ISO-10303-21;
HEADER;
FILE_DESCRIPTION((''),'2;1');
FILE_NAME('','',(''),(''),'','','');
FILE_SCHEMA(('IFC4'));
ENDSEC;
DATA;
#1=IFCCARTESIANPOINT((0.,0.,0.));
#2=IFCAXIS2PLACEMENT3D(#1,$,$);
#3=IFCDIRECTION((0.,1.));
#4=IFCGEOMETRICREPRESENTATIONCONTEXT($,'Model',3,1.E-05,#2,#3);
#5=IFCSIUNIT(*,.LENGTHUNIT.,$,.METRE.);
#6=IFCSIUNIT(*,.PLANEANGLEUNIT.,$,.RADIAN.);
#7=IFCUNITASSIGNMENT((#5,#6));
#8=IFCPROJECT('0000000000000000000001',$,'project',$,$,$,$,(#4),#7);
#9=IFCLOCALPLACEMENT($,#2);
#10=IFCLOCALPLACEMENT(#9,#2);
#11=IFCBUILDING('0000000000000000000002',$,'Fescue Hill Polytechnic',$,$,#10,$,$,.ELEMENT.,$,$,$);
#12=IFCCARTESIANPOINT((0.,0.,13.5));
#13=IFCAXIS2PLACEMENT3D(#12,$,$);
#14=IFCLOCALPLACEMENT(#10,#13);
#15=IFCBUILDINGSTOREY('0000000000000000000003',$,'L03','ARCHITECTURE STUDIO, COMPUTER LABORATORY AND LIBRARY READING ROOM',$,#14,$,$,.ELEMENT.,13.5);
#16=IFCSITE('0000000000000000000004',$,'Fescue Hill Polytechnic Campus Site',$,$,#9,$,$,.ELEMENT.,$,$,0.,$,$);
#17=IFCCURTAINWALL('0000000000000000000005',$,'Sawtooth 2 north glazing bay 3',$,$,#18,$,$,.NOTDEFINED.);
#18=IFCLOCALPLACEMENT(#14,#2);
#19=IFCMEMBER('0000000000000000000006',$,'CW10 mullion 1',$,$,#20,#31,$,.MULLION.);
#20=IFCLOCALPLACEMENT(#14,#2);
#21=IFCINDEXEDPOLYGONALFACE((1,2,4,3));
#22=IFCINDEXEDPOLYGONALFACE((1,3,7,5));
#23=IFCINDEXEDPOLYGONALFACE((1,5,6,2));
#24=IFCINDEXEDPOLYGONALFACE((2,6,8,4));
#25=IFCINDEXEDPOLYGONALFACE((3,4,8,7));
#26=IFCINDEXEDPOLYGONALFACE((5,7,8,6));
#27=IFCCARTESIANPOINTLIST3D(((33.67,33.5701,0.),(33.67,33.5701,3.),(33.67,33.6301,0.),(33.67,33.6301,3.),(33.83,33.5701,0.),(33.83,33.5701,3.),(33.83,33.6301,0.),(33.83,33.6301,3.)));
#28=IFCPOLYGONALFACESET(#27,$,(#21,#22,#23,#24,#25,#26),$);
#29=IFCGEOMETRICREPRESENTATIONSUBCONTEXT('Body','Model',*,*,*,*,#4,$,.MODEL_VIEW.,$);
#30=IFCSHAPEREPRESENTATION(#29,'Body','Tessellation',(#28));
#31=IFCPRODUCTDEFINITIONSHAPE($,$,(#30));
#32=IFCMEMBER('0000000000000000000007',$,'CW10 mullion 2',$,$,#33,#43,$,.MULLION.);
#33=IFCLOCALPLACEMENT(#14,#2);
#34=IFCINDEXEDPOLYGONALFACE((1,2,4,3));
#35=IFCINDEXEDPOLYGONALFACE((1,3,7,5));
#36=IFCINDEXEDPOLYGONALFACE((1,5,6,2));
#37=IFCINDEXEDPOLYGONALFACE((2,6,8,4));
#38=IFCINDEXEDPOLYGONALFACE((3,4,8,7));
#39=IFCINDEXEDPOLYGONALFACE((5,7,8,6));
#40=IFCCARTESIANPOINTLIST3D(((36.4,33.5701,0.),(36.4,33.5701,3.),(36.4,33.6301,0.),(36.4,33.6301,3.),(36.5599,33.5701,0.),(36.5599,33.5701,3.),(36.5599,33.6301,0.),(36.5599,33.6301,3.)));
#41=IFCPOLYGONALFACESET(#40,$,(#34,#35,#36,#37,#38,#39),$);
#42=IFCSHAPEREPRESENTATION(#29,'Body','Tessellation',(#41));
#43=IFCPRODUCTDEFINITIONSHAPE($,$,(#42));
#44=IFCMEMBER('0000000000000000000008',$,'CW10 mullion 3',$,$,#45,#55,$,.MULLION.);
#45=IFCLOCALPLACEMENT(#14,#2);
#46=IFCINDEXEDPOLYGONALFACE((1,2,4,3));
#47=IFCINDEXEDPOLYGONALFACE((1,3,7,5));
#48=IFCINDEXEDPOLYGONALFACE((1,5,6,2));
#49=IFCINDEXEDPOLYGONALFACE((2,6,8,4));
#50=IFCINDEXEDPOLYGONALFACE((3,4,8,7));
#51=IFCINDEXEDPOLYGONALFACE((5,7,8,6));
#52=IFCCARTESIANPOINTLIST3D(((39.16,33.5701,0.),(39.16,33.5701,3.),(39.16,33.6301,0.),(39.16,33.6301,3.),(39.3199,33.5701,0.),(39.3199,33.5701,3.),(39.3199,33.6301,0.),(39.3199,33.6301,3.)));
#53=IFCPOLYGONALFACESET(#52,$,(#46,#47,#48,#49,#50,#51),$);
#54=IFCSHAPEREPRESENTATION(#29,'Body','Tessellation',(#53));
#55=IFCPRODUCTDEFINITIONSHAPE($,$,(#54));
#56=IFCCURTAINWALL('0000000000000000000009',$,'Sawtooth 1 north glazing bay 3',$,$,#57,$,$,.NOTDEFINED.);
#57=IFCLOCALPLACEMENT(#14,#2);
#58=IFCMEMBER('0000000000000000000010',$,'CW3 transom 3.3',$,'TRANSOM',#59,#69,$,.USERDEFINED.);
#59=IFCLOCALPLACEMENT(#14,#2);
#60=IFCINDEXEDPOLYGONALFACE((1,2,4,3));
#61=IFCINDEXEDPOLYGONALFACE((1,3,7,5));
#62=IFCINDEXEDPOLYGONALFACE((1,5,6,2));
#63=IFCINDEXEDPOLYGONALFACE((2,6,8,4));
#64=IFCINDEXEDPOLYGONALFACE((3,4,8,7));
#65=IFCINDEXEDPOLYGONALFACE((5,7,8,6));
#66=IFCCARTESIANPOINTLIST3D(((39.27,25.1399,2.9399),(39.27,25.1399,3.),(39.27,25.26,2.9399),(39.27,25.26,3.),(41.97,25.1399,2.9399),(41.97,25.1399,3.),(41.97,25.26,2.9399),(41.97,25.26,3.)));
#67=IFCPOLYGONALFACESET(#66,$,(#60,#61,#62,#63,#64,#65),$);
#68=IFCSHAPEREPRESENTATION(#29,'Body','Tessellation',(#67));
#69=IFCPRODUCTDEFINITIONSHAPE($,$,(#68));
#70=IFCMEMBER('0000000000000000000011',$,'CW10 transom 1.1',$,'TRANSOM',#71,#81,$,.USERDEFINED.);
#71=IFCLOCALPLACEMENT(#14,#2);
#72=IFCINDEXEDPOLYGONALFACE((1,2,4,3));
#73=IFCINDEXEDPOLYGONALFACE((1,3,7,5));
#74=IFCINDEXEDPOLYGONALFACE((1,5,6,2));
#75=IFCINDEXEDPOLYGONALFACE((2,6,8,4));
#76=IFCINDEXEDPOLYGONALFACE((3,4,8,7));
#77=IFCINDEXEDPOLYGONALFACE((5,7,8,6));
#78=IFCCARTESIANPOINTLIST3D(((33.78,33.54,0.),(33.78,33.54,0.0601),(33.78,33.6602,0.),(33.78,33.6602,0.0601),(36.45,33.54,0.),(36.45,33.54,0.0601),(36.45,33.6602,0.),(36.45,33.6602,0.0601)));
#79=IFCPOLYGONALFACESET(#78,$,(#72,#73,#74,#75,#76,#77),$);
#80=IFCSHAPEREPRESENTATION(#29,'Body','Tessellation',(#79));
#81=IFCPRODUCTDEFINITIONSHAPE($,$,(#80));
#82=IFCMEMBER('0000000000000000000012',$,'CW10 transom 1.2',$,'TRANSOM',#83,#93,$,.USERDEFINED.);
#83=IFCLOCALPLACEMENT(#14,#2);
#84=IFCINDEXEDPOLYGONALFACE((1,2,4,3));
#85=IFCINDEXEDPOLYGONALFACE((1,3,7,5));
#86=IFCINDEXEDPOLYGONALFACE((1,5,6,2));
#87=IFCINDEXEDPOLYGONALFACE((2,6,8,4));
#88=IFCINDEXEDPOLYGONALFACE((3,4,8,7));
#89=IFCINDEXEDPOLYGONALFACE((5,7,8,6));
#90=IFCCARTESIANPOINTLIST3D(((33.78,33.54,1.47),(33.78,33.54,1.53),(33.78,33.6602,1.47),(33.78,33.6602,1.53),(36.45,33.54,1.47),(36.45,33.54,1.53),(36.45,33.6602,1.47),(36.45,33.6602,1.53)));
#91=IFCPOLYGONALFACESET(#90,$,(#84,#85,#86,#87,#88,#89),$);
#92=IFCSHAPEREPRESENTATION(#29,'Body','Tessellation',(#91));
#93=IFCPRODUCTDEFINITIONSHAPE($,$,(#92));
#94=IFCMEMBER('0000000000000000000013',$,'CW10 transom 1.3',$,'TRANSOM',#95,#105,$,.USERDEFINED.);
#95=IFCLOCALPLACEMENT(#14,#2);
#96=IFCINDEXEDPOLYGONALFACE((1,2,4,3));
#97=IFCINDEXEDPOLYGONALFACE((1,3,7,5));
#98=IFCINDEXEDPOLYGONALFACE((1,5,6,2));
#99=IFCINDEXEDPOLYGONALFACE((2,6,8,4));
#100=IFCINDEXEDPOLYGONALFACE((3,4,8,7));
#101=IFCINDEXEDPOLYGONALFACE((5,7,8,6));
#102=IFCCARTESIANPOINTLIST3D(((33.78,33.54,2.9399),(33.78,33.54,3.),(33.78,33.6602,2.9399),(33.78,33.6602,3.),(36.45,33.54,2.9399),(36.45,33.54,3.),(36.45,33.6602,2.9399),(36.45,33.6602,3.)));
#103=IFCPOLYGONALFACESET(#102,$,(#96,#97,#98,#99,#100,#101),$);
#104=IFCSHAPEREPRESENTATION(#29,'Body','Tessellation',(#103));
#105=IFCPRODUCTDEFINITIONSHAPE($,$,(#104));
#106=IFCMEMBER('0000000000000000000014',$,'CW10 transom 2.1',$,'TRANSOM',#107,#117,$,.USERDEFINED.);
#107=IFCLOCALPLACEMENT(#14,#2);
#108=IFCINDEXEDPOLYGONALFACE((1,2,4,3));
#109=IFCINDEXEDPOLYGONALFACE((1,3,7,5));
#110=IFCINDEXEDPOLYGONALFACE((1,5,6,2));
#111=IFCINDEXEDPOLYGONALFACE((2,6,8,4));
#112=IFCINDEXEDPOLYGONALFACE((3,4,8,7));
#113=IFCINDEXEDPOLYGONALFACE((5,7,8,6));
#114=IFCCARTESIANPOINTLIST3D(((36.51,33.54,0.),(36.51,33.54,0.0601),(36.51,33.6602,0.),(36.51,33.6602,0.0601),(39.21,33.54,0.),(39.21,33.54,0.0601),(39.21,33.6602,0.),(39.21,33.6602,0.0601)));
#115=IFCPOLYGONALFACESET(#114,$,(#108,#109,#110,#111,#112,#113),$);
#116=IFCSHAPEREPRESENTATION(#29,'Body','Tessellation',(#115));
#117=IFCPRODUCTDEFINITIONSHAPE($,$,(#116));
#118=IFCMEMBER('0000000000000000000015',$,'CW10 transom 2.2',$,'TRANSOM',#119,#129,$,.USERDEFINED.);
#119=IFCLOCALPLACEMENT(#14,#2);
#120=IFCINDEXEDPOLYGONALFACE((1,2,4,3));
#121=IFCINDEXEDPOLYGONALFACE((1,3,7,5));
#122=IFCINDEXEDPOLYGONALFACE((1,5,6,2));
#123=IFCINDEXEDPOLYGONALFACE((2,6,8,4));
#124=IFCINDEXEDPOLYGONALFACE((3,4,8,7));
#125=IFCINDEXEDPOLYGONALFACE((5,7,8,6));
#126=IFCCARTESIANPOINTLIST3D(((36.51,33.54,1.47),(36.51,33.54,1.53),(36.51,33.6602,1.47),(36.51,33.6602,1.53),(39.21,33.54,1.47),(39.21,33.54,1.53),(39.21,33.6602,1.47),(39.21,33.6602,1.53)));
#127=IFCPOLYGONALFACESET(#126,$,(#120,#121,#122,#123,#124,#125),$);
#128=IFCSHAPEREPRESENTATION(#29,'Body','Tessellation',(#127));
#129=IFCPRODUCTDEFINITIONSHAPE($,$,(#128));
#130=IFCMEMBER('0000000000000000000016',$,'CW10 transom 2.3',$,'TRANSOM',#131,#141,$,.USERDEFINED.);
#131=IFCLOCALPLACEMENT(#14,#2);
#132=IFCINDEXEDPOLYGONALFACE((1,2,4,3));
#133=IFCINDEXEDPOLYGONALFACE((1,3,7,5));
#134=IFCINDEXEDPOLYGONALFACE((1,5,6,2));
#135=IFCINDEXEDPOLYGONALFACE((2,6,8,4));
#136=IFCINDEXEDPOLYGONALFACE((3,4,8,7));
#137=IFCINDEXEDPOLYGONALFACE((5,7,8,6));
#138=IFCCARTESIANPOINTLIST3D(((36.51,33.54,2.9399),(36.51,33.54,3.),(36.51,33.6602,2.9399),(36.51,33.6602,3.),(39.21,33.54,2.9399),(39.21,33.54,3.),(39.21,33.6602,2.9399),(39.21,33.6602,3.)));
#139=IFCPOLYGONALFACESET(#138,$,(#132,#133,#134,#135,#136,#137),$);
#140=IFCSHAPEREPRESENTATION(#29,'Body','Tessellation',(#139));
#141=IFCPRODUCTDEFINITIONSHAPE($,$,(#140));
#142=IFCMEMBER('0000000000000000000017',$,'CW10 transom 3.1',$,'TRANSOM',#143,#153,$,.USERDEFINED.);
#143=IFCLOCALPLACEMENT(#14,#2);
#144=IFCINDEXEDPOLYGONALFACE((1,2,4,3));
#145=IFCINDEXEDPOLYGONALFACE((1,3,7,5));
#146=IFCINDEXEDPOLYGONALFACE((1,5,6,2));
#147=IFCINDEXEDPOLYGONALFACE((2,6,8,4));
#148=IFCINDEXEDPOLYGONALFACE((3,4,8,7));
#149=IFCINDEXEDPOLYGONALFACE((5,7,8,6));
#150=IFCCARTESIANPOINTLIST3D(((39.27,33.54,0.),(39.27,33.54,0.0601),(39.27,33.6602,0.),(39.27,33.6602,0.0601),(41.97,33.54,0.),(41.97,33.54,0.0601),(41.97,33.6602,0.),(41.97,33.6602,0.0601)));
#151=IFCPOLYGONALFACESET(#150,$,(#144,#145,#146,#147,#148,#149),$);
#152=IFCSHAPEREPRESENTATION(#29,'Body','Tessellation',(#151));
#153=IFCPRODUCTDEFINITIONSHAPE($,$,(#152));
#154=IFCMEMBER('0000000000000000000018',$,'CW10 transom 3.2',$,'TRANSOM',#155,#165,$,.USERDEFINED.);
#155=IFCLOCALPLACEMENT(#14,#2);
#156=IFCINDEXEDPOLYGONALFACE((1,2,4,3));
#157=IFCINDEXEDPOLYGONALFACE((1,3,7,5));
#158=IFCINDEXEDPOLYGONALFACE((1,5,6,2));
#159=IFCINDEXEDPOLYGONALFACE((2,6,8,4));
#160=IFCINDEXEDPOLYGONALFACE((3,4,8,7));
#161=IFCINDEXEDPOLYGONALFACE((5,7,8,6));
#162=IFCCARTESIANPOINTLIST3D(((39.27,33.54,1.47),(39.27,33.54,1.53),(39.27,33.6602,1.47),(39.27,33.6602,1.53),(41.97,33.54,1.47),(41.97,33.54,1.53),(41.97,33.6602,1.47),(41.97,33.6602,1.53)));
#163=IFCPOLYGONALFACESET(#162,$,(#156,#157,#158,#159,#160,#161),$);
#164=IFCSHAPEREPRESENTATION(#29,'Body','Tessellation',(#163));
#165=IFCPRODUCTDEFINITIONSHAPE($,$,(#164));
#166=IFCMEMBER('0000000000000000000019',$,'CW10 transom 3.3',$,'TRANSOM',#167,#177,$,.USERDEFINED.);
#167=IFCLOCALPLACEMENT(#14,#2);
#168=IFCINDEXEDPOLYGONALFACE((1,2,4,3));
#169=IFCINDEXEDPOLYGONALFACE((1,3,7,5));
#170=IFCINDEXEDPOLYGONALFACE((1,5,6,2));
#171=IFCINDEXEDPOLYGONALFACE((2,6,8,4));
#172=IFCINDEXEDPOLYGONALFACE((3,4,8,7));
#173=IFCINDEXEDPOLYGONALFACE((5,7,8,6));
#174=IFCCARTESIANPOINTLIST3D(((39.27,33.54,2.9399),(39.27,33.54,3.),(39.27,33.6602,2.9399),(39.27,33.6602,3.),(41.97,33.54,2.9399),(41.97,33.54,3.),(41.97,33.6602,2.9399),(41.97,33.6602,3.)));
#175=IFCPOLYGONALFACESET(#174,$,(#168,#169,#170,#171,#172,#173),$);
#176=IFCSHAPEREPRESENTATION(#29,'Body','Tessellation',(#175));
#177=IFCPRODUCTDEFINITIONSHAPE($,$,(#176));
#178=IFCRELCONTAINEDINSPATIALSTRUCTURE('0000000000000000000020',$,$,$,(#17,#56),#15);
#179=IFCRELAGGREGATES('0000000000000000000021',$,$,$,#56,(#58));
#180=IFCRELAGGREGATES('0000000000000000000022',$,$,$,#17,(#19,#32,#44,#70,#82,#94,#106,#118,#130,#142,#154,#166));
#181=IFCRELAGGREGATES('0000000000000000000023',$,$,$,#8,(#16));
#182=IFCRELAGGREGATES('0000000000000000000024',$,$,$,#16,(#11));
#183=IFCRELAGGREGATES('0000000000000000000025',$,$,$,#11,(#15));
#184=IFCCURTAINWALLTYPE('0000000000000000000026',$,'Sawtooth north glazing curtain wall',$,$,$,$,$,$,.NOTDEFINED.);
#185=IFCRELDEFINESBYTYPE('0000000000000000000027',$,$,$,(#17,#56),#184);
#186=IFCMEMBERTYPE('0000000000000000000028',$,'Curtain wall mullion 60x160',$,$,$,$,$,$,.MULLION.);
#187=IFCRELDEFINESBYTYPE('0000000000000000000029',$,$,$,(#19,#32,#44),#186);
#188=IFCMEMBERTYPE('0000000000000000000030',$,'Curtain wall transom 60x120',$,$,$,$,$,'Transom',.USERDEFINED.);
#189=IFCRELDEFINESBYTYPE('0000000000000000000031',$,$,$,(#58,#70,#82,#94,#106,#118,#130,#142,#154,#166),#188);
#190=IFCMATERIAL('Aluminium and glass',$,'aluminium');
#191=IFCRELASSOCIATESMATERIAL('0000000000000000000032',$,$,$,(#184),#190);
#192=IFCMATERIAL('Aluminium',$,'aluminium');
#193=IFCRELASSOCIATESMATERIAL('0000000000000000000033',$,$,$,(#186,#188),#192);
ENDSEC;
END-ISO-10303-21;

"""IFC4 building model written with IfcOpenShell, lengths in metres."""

from ifc_helpers import new_model, si_unit, direction, frame, origin, origin_2d, place, context, subcontext, project, spatial, rectangle, extrude, material, material_profile, profile_set, type_object, element, aggregate, save


model = new_model("IFC4")

# Units and contexts
model_context = context("Model", 3, precision=1e-05, world=origin(), true_north=direction((0.0, 1.0)))
body_context = subcontext(model_context, "Body", "Model", "MODEL_VIEW")
ifc_project = project(units=[si_unit("LENGTHUNIT", "METRE"), si_unit("PLANEANGLEUNIT", "RADIAN")], contexts=[model_context])

# Site, building, storey
site_placement = place(None, origin())
site = spatial("IfcSite", under=ifc_project, at=site_placement, Name="Fescue Hill Polytechnic Campus Site", CompositionType="ELEMENT", RefElevation=0.0)
building_placement = place(site_placement, origin())
building = spatial("IfcBuilding", under=site, at=building_placement, Name="Fescue Hill Polytechnic", CompositionType="ELEMENT")
storey_placement = place(building_placement, frame((0.0, 0.0, 13.5)))
storey = spatial("IfcBuildingStorey", under=building, at=storey_placement, Name="L03", Description="ARCHITECTURE STUDIO, COMPUTER LABORATORY AND LIBRARY READING ROOM", CompositionType="ELEMENT", Elevation=13.5)

# Curtain wall, members
ifc_material_1 = material(Name="Aluminium and glass", Category="aluminium")
curtain_wall_type = type_object("IfcCurtainWallType", Name="Sawtooth north glazing curtain wall", PredefinedType="NOTDEFINED", material=ifc_material_1)
curtain_wall_1_placement = place(storey_placement, origin())
curtain_wall_1 = element("IfcCurtainWall", 1, at=curtain_wall_1_placement, inside=storey, type_object=curtain_wall_type, Name="Sawtooth 2 north glazing bay 3", PredefinedType="NOTDEFINED")
ifc_material_2 = material(Name="Aluminium", Category="aluminium")
ifc_material_profile_1 = material_profile(ifc_material_2, rectangle(XDim=0.0601, YDim=0.1599, at=origin_2d()), Name="Curtain wall mullion 60x160")
ifc_profile_set_1 = profile_set([ifc_material_profile_1], Name="Aluminium")
member_type_1 = type_object("IfcMemberType", Name="Curtain wall mullion 60x160", PredefinedType="MULLION", material=ifc_profile_set_1)
member_1_placement = place(storey_placement, frame((33.75, 33.6001, 0.0), z_axis=(0.0, 0.0, 1.0), x_axis=(0.0, 1.0, 0.0)))
member_1 = element("IfcMember", 2, at=member_1_placement, type_object=member_type_1, Name="CW10 mullion 1", PredefinedType="MULLION", context=body_context, shape_type="SweptSolid", body=[
    extrude(rectangle(XDim=0.0601, YDim=0.1599, at=origin_2d()), origin(), (0.0, 0.0, 1.0), 3.0),
])
member_2_placement = place(storey_placement, frame((36.48, 33.6001, 0.0), z_axis=(0.0, 0.0, 1.0), x_axis=(0.0, 1.0, 0.0)))
member_2 = element("IfcMember", 3, at=member_2_placement, type_object=member_type_1, Name="CW10 mullion 2", PredefinedType="MULLION", context=body_context, shape_type="SweptSolid", body=[
    extrude(rectangle(XDim=0.0601, YDim=0.1599, at=origin_2d()), origin(), (0.0, 0.0, 1.0), 3.0),
])
member_3_placement = place(storey_placement, frame((39.24, 33.6001, 0.0), z_axis=(0.0, 0.0, 1.0), x_axis=(0.0, 1.0, 0.0)))
member_3 = element("IfcMember", 4, at=member_3_placement, type_object=member_type_1, Name="CW10 mullion 3", PredefinedType="MULLION", context=body_context, shape_type="SweptSolid", body=[
    extrude(rectangle(XDim=0.0601, YDim=0.1599, at=origin_2d()), origin(), (0.0, 0.0, 1.0), 3.0),
])

# Curtain wall, member
curtain_wall_2_placement = place(storey_placement, origin())
curtain_wall_2 = element("IfcCurtainWall", 5, at=curtain_wall_2_placement, inside=storey, type_object=curtain_wall_type, Name="Sawtooth 1 north glazing bay 3", PredefinedType="NOTDEFINED")
ifc_material_profile_2 = material_profile(ifc_material_2, rectangle(XDim=0.1201, YDim=0.0601, at=origin_2d()), Name="Curtain wall transom 60x120")
ifc_profile_set_2 = profile_set([ifc_material_profile_2], Name="Aluminium")
member_type_2 = type_object("IfcMemberType", Name="Curtain wall transom 60x120", ElementType="Transom", PredefinedType="USERDEFINED", material=ifc_profile_set_2)
member_4_placement = place(storey_placement, frame((39.27, 25.2, 2.97), z_axis=(1.0, 0.0, 0.0), x_axis=(0.0, 1.0, 0.0)))
member_4 = element("IfcMember", 6, at=member_4_placement, type_object=member_type_2, Name="CW3 transom 3.3", ObjectType="TRANSOM", PredefinedType="USERDEFINED", context=body_context, shape_type="SweptSolid", body=[
    extrude(rectangle(XDim=0.1201, YDim=0.0601, at=origin_2d()), origin(), (0.0, 0.0, 1.0), 2.7),
])

# Members
member_5_placement = place(storey_placement, frame((33.78, 33.6001, 0.03), z_axis=(1.0, 0.0, 0.0), x_axis=(0.0, 1.0, 0.0)))
member_5 = element("IfcMember", 7, at=member_5_placement, type_object=member_type_2, Name="CW10 transom 1.1", ObjectType="TRANSOM", PredefinedType="USERDEFINED", context=body_context, shape_type="SweptSolid", body=[
    extrude(rectangle(XDim=0.1201, YDim=0.0601, at=origin_2d()), origin(), (0.0, 0.0, 1.0), 2.6699),
])
member_6_placement = place(storey_placement, frame((33.78, 33.6001, 1.5), z_axis=(1.0, 0.0, 0.0), x_axis=(0.0, 1.0, 0.0)))
member_6 = element("IfcMember", 8, at=member_6_placement, type_object=member_type_2, Name="CW10 transom 1.2", ObjectType="TRANSOM", PredefinedType="USERDEFINED", context=body_context, shape_type="SweptSolid", body=[
    extrude(rectangle(XDim=0.1201, YDim=0.0601, at=origin_2d()), origin(), (0.0, 0.0, 1.0), 2.6699),
])
member_7_placement = place(storey_placement, frame((33.78, 33.6001, 2.97), z_axis=(1.0, 0.0, 0.0), x_axis=(0.0, 1.0, 0.0)))
member_7 = element("IfcMember", 9, at=member_7_placement, type_object=member_type_2, Name="CW10 transom 1.3", ObjectType="TRANSOM", PredefinedType="USERDEFINED", context=body_context, shape_type="SweptSolid", body=[
    extrude(rectangle(XDim=0.1201, YDim=0.0601, at=origin_2d()), origin(), (0.0, 0.0, 1.0), 2.6699),
])
member_8_placement = place(storey_placement, frame((36.51, 33.6001, 0.03), z_axis=(1.0, 0.0, 0.0), x_axis=(0.0, 1.0, 0.0)))
member_8 = element("IfcMember", 10, at=member_8_placement, type_object=member_type_2, Name="CW10 transom 2.1", ObjectType="TRANSOM", PredefinedType="USERDEFINED", context=body_context, shape_type="SweptSolid", body=[
    extrude(rectangle(XDim=0.1201, YDim=0.0601, at=origin_2d()), origin(), (0.0, 0.0, 1.0), 2.7),
])
member_9_placement = place(storey_placement, frame((36.51, 33.6001, 1.5), z_axis=(1.0, 0.0, 0.0), x_axis=(0.0, 1.0, 0.0)))
member_9 = element("IfcMember", 11, at=member_9_placement, type_object=member_type_2, Name="CW10 transom 2.2", ObjectType="TRANSOM", PredefinedType="USERDEFINED", context=body_context, shape_type="SweptSolid", body=[
    extrude(rectangle(XDim=0.1201, YDim=0.0601, at=origin_2d()), origin(), (0.0, 0.0, 1.0), 2.7),
])
member_10_placement = place(storey_placement, frame((36.51, 33.6001, 2.97), z_axis=(1.0, 0.0, 0.0), x_axis=(0.0, 1.0, 0.0)))
member_10 = element("IfcMember", 12, at=member_10_placement, type_object=member_type_2, Name="CW10 transom 2.3", ObjectType="TRANSOM", PredefinedType="USERDEFINED", context=body_context, shape_type="SweptSolid", body=[
    extrude(rectangle(XDim=0.1201, YDim=0.0601, at=origin_2d()), origin(), (0.0, 0.0, 1.0), 2.7),
])
member_11_placement = place(storey_placement, frame((39.27, 33.6001, 0.03), z_axis=(1.0, 0.0, 0.0), x_axis=(0.0, 1.0, 0.0)))
member_11 = element("IfcMember", 13, at=member_11_placement, type_object=member_type_2, Name="CW10 transom 3.1", ObjectType="TRANSOM", PredefinedType="USERDEFINED", context=body_context, shape_type="SweptSolid", body=[
    extrude(rectangle(XDim=0.1201, YDim=0.0601, at=origin_2d()), origin(), (0.0, 0.0, 1.0), 2.7),
])
member_12_placement = place(storey_placement, frame((39.27, 33.6001, 1.5), z_axis=(1.0, 0.0, 0.0), x_axis=(0.0, 1.0, 0.0)))
member_12 = element("IfcMember", 14, at=member_12_placement, type_object=member_type_2, Name="CW10 transom 3.2", ObjectType="TRANSOM", PredefinedType="USERDEFINED", context=body_context, shape_type="SweptSolid", body=[
    extrude(rectangle(XDim=0.1201, YDim=0.0601, at=origin_2d()), origin(), (0.0, 0.0, 1.0), 2.7),
])
member_13_placement = place(storey_placement, frame((39.27, 33.6001, 2.97), z_axis=(1.0, 0.0, 0.0), x_axis=(0.0, 1.0, 0.0)))
member_13 = element("IfcMember", 15, at=member_13_placement, type_object=member_type_2, Name="CW10 transom 3.3", ObjectType="TRANSOM", PredefinedType="USERDEFINED", context=body_context, shape_type="SweptSolid", body=[
    extrude(rectangle(XDim=0.1201, YDim=0.0601, at=origin_2d()), origin(), (0.0, 0.0, 1.0), 2.7),
])

aggregate(curtain_wall_2, [member_4])
aggregate(curtain_wall_1, [member_1, member_2, member_3, member_5, member_6, member_7, member_8, member_9, member_10, member_11, member_12, member_13])

save(model, "model.ifc")
